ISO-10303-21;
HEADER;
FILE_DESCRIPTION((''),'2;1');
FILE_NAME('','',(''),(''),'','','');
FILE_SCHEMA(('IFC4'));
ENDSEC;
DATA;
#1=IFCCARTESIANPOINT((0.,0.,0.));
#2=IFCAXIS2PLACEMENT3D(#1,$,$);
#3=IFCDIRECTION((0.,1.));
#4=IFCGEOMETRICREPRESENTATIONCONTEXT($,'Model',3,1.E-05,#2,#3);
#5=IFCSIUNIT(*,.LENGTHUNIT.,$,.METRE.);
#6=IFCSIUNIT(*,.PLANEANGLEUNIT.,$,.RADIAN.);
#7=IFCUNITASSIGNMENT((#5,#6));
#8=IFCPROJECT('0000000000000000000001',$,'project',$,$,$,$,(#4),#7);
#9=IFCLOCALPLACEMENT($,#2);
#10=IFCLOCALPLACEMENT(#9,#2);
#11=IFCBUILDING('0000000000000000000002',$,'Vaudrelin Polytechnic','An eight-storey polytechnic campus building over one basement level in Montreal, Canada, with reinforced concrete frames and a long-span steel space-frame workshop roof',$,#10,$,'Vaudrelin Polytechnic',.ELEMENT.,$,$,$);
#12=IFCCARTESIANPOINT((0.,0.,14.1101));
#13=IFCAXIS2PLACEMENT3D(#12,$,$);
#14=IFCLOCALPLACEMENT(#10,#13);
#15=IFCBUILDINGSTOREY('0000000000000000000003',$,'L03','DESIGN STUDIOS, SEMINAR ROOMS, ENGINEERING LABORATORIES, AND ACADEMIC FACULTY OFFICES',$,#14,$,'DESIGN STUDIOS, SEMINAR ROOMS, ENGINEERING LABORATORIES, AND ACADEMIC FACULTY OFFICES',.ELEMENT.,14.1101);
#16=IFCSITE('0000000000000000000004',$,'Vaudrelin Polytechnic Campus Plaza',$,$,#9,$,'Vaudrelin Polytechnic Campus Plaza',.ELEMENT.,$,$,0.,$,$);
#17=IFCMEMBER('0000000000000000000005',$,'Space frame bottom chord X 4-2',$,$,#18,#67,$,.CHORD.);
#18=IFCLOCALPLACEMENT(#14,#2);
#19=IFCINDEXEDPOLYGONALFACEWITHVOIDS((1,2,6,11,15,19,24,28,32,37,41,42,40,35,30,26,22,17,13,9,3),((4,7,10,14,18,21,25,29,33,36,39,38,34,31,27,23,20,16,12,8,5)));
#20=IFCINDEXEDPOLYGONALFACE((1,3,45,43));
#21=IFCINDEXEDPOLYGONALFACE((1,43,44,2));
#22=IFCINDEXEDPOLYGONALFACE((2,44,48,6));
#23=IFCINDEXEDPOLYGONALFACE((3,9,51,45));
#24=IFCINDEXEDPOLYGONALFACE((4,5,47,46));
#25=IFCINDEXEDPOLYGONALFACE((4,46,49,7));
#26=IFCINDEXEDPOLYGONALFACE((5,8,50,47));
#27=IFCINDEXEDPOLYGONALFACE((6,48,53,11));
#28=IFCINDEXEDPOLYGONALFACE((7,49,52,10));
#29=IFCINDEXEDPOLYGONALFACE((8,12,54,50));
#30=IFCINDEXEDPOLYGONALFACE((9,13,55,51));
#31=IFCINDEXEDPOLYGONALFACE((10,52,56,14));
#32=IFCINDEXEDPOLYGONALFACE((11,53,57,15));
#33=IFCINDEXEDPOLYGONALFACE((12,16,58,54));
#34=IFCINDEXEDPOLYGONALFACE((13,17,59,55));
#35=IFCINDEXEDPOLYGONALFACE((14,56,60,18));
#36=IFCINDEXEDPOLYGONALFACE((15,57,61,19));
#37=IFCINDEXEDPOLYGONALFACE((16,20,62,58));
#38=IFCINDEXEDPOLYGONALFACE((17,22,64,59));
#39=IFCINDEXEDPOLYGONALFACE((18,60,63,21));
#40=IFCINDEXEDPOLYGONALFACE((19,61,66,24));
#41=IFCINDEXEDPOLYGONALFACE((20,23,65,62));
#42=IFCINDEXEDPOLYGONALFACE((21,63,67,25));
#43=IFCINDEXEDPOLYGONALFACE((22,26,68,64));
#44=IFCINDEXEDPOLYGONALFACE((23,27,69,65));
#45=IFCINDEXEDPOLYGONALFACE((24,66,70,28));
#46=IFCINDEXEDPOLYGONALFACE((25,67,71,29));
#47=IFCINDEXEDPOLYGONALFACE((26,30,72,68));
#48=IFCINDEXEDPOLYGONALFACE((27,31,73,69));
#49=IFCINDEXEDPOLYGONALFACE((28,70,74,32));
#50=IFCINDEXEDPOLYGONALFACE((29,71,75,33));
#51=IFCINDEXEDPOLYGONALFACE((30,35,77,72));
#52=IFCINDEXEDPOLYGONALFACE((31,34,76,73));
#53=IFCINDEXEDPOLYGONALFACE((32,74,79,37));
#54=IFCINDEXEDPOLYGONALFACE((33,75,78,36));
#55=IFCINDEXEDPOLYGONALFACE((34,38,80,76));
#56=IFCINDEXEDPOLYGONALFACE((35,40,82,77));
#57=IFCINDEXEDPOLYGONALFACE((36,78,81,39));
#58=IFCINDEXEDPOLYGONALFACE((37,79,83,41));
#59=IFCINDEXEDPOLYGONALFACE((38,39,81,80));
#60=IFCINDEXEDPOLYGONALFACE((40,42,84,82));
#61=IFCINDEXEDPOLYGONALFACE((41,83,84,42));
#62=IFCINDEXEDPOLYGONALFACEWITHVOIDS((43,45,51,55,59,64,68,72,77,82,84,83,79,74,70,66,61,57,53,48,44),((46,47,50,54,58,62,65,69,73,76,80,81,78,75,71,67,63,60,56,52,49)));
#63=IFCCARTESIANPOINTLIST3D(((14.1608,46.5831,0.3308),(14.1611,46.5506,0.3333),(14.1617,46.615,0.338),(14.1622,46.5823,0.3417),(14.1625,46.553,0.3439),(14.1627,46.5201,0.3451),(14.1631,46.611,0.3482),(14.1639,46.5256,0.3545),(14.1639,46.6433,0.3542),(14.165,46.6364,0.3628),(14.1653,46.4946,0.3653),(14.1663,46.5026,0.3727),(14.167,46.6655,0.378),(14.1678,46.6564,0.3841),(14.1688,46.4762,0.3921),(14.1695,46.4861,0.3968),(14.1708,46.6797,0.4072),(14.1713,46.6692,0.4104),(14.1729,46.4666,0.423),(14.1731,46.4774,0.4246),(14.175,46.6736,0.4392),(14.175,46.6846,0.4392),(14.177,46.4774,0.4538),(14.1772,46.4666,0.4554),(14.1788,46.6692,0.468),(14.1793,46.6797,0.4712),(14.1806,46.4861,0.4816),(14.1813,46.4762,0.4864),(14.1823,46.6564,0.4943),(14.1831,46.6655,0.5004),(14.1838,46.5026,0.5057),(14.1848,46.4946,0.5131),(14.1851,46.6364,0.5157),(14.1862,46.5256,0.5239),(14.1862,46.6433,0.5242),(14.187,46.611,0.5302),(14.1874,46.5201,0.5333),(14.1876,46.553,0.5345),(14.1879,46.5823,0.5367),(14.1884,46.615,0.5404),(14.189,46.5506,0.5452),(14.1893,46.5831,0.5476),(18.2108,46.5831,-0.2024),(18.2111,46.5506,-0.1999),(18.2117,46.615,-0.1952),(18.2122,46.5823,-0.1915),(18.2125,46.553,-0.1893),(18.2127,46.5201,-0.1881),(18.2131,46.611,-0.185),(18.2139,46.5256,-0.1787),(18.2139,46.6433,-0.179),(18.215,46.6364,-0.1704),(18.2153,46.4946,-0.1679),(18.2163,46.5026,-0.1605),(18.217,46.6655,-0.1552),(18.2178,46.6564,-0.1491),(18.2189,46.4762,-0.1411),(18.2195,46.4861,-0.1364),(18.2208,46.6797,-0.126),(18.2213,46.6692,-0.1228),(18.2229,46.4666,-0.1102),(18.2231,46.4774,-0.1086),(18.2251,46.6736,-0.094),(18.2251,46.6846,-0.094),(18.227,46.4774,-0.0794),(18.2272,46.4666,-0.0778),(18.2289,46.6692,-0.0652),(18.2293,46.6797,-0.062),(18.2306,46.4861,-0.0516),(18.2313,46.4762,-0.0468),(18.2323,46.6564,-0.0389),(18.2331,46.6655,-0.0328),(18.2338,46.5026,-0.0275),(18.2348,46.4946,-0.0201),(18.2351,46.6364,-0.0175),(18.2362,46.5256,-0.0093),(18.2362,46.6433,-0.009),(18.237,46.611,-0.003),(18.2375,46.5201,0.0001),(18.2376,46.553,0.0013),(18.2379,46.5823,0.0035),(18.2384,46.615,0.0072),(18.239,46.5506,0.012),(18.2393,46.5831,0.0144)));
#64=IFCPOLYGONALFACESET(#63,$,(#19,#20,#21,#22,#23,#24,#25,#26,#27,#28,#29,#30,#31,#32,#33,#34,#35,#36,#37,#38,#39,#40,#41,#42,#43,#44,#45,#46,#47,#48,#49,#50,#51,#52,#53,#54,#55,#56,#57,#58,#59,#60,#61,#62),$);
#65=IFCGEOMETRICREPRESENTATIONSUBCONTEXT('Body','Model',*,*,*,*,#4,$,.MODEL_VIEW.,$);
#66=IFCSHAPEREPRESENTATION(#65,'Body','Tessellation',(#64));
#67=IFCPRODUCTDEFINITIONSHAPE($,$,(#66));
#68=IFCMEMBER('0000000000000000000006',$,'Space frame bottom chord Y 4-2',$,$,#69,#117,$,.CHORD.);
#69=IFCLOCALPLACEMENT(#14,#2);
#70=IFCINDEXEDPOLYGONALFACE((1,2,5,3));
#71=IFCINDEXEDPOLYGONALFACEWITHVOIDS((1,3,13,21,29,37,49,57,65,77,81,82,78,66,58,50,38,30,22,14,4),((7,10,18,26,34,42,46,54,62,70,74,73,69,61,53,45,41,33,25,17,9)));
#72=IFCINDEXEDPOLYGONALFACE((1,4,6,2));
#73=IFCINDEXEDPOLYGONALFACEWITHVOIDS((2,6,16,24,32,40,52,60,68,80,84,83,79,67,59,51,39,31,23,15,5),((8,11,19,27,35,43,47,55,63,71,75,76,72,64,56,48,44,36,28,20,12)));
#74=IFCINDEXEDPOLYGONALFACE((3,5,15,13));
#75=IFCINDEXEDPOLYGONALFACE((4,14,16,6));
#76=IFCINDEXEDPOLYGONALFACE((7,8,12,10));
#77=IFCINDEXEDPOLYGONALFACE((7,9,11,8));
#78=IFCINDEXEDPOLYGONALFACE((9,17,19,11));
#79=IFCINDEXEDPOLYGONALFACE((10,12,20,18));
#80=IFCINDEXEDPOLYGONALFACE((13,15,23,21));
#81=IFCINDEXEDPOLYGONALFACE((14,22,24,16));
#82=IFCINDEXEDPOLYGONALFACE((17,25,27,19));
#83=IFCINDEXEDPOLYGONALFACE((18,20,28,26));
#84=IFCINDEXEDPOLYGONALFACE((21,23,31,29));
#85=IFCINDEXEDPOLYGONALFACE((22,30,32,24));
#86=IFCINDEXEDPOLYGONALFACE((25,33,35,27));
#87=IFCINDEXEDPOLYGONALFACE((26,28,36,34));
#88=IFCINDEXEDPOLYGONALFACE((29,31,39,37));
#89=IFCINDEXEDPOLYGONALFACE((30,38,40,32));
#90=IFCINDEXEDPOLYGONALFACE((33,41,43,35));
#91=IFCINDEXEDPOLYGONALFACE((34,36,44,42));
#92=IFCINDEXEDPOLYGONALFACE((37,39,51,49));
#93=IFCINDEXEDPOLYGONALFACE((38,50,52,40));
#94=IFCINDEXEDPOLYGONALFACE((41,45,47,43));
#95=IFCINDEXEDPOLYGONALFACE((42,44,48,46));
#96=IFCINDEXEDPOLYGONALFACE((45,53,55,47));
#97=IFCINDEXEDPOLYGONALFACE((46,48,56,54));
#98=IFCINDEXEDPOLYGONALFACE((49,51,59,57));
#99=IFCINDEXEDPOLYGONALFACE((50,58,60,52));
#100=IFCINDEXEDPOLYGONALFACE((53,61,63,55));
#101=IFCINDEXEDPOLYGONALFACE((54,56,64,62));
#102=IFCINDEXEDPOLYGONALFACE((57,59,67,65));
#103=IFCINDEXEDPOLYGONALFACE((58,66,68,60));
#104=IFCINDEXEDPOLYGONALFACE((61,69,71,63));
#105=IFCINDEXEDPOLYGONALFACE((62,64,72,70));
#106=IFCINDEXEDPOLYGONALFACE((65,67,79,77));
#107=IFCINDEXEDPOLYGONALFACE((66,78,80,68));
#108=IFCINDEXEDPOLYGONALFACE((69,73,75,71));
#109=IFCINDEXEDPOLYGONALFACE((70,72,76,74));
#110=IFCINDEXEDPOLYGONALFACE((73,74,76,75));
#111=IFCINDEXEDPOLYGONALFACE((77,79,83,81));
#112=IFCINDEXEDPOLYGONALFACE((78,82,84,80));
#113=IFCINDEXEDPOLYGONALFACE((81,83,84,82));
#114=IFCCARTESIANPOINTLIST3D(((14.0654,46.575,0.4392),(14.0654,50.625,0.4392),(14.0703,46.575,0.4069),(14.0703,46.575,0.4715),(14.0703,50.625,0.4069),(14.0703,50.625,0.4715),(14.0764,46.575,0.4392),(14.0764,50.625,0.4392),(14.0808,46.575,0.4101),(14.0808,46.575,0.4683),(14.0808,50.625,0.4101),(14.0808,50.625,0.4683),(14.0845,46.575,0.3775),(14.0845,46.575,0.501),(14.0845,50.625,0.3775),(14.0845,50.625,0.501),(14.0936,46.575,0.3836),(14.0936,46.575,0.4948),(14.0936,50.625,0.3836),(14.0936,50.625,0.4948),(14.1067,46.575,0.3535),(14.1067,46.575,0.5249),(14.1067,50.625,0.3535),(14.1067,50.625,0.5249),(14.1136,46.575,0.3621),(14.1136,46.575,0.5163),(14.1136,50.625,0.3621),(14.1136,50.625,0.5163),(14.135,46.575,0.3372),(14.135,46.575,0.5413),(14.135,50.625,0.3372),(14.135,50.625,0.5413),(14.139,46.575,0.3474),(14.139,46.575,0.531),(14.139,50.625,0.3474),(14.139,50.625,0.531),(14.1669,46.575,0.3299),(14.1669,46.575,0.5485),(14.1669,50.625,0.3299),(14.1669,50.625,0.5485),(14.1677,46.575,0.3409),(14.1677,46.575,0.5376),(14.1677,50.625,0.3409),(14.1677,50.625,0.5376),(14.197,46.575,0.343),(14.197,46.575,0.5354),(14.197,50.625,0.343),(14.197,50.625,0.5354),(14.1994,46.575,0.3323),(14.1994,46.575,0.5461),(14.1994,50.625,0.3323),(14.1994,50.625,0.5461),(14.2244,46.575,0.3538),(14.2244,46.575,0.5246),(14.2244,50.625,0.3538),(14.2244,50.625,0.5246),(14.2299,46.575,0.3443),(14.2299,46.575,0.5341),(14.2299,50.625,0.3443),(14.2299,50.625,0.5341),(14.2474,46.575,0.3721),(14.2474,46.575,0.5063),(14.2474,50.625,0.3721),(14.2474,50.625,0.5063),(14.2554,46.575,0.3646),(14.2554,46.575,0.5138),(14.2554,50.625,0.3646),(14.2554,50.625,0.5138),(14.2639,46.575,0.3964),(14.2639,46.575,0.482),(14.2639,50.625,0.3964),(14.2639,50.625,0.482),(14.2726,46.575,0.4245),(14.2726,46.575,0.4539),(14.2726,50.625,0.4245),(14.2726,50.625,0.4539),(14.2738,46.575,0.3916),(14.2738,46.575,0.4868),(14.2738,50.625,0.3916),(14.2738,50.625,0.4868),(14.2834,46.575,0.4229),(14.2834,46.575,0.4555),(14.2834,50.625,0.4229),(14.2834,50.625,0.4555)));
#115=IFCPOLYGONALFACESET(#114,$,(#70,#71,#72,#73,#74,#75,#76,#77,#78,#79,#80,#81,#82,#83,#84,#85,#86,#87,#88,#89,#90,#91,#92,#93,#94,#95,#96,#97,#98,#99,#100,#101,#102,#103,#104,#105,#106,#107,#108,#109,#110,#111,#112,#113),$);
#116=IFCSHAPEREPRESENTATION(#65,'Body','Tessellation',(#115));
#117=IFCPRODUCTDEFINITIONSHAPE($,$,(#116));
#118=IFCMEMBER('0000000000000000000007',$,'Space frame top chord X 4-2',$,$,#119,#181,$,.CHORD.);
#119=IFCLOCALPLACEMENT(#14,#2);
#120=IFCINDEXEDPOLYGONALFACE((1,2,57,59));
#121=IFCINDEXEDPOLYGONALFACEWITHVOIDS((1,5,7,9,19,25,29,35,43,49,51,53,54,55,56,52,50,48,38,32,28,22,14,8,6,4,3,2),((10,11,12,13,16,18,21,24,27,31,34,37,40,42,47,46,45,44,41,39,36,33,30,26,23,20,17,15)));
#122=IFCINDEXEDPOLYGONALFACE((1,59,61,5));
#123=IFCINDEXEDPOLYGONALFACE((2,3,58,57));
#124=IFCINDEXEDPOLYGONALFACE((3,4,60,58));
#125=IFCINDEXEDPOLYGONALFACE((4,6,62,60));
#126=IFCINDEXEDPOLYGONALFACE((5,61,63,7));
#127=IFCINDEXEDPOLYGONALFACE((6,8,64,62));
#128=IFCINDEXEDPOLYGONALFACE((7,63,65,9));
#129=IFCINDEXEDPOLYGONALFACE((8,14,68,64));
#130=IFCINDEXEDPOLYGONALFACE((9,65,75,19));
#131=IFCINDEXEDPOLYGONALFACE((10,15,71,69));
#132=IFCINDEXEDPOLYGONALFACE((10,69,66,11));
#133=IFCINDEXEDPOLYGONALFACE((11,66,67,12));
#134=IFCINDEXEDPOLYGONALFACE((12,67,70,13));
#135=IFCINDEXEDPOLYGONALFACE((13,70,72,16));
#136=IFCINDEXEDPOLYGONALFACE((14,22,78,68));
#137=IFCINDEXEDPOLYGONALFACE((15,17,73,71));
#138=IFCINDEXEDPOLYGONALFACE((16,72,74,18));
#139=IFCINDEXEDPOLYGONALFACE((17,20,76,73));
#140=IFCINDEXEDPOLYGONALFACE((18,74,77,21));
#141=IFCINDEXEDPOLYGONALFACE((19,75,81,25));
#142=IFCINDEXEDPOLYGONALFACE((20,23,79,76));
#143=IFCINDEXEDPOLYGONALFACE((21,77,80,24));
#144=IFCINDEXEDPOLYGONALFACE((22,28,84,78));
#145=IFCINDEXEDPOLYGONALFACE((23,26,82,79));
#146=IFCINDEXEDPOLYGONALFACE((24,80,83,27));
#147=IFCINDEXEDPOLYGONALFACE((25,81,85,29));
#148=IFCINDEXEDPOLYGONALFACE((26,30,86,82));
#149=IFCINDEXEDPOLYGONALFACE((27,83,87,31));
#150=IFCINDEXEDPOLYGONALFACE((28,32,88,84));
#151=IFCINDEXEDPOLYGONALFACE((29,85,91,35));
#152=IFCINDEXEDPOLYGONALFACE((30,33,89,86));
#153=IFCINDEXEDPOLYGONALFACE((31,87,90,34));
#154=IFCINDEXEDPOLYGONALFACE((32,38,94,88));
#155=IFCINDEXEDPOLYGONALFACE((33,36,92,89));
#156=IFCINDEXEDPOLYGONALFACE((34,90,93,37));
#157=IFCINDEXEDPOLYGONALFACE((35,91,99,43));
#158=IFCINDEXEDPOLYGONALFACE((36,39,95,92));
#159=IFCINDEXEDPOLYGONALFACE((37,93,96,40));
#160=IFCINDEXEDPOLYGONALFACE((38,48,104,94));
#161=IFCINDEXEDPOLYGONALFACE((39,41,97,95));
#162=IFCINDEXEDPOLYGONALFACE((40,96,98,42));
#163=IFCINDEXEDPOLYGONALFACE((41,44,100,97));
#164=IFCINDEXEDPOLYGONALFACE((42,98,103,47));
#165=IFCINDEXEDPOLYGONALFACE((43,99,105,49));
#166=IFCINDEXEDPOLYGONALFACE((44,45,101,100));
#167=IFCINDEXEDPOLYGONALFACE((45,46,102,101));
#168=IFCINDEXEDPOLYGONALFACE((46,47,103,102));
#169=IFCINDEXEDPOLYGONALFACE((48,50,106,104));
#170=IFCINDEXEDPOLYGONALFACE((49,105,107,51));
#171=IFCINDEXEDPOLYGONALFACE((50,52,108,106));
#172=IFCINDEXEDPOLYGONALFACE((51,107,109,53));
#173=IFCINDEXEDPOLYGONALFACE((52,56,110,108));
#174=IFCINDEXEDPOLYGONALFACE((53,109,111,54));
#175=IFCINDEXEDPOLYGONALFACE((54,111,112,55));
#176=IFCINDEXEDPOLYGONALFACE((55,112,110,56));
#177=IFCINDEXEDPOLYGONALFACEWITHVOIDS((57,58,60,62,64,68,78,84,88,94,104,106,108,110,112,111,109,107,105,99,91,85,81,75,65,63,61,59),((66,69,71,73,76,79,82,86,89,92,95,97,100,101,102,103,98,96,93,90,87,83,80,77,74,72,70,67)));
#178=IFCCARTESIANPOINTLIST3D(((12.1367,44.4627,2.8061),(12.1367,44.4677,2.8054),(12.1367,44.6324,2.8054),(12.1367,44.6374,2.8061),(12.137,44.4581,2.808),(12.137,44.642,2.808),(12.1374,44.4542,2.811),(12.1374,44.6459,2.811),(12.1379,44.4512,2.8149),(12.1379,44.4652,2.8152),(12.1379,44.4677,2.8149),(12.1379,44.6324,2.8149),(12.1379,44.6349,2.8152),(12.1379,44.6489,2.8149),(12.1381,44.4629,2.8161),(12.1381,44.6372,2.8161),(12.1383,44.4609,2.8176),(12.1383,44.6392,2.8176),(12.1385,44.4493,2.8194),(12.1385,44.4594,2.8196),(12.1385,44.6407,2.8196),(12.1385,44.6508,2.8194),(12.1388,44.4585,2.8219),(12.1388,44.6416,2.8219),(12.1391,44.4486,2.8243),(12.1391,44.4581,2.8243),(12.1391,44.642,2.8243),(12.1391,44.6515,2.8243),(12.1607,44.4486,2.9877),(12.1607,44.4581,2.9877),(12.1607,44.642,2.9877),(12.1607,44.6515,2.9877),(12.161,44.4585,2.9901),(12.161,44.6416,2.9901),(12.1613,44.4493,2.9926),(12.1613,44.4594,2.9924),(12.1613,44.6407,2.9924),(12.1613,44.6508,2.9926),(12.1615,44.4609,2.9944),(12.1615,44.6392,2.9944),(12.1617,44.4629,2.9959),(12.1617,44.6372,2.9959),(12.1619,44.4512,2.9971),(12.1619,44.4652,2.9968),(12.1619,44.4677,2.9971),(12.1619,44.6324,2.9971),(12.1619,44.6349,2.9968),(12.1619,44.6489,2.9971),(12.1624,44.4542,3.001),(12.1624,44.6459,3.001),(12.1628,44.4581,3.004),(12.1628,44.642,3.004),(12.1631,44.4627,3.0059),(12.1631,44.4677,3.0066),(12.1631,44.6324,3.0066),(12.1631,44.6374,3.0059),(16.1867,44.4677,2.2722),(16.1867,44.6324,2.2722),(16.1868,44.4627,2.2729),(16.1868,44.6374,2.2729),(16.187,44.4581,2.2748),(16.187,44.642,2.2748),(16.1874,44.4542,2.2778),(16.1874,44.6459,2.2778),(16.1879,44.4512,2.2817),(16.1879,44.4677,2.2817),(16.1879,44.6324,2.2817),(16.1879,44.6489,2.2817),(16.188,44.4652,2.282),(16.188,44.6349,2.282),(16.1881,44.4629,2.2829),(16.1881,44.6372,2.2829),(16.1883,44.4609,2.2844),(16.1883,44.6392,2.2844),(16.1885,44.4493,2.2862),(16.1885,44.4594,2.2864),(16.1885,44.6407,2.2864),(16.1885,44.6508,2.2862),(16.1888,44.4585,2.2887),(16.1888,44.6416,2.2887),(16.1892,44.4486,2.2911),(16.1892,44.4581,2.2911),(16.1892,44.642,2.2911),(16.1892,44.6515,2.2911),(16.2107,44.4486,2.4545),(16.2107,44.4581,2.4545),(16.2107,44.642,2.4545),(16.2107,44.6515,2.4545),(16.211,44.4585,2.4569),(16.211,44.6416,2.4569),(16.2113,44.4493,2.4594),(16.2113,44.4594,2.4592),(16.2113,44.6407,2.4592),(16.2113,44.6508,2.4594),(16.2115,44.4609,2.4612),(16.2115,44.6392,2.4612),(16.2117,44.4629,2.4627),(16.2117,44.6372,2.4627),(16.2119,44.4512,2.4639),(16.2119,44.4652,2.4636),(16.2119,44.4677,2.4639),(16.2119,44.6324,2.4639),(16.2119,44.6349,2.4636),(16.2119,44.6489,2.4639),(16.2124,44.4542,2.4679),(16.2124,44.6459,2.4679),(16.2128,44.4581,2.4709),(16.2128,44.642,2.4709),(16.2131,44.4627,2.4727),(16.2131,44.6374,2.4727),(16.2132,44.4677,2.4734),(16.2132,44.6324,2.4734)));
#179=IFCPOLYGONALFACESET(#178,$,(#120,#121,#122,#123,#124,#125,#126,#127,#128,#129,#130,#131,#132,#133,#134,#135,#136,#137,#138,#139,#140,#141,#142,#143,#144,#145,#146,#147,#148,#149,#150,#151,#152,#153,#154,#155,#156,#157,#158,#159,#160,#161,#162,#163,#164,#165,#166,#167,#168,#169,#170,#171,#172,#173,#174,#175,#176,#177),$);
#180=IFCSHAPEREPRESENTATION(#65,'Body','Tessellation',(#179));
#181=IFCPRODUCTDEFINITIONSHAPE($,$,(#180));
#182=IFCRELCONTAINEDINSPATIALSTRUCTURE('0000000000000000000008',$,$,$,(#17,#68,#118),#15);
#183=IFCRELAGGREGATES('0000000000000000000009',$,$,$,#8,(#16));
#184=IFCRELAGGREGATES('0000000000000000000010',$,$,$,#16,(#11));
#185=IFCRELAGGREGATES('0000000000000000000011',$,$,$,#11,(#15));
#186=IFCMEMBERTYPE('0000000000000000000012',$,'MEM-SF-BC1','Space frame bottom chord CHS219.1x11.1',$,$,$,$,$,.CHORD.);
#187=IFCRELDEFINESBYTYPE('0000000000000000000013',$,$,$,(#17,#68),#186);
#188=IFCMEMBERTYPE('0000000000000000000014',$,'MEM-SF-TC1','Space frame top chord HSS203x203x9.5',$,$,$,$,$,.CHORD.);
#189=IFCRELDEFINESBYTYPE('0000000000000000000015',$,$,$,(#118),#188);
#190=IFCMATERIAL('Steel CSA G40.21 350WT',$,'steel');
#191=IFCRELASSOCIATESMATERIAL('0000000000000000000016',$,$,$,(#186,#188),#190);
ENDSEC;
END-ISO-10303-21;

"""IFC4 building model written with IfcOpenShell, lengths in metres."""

from ifc_helpers import new_model, si_unit, direction, frame, origin, origin_2d, place, context, subcontext, project, spatial, hollow_rectangle, hollow_circle, extrude, material, material_profile, profile_set, type_object, element, save


model = new_model("IFC4")

# Units and contexts
model_context = context("Model", 3, precision=1e-05, world=origin(), true_north=direction((0.0, 1.0)))
body_context = subcontext(model_context, "Body", "Model", "MODEL_VIEW")
ifc_project = project(units=[si_unit("LENGTHUNIT", "METRE"), si_unit("PLANEANGLEUNIT", "RADIAN")], contexts=[model_context])

# Site, building, storey
site_placement = place(None, origin())
site = spatial("IfcSite", under=ifc_project, at=site_placement, Name="Vaudrelin Polytechnic Campus Plaza", LongName="Vaudrelin Polytechnic Campus Plaza", CompositionType="ELEMENT", RefElevation=0.0)
building_placement = place(site_placement, origin())
building = spatial("IfcBuilding", under=site, at=building_placement, Name="Vaudrelin Polytechnic", Description="An eight-storey polytechnic campus building over one basement level in Montreal, Canada, with reinforced concrete frames and a long-span steel space-frame workshop roof", LongName="Vaudrelin Polytechnic", CompositionType="ELEMENT")
storey_placement = place(building_placement, frame((0.0, 0.0, 14.1101)))
storey = spatial("IfcBuildingStorey", under=building, at=storey_placement, Name="L03", Description="DESIGN STUDIOS, SEMINAR ROOMS, ENGINEERING LABORATORIES, AND ACADEMIC FACULTY OFFICES", LongName="DESIGN STUDIOS, SEMINAR ROOMS, ENGINEERING LABORATORIES, AND ACADEMIC FACULTY OFFICES", CompositionType="ELEMENT", Elevation=14.1101)

# Members
ifc_material = material(Name="Steel CSA G40.21 350WT", Category="steel")
ifc_material_profile_1 = material_profile(ifc_material, hollow_circle(Radius=0.1096, WallThickness=0.011, at=origin_2d()), Name="CHS219.1x11.1")
ifc_profile_set_1 = profile_set([ifc_material_profile_1], Name="Steel CSA G40.21 350WT")
member_type_1 = type_object("IfcMemberType", Name="MEM-SF-BC1", Description="Space frame bottom chord CHS219.1x11.1", PredefinedType="CHORD", material=ifc_profile_set_1)
member_1_placement = place(storey_placement, frame((14.175, 46.575, 0.4392), z_axis=(0.991445, 0.0, -0.130527), x_axis=(0.0, 1.0, 0.0)))
element("IfcMember", 1, at=member_1_placement, inside=storey, type_object=member_type_1, Name="Space frame bottom chord X 4-2", PredefinedType="CHORD", context=body_context, shape_type="SweptSolid", body=[
    extrude(hollow_circle(Radius=0.1096, WallThickness=0.011, at=origin_2d()), origin(), (0.0, 0.0, 1.0), 4.085),
])
member_2_placement = place(storey_placement, frame((14.175, 46.575, 0.4392), z_axis=(0.0, 1.0, 0.0), x_axis=(-1.0, 0.0, 0.0)))
element("IfcMember", 2, at=member_2_placement, inside=storey, type_object=member_type_1, Name="Space frame bottom chord Y 4-2", PredefinedType="CHORD", context=body_context, shape_type="SweptSolid", body=[
    extrude(hollow_circle(Radius=0.1096, WallThickness=0.011, at=origin_2d()), origin(), (0.0, 0.0, 1.0), 4.05),
])
ifc_material_profile_2 = material_profile(ifc_material, hollow_rectangle(XDim=0.2029, YDim=0.2029, WallThickness=0.0095, InnerFilletRadius=0.0095, OuterFilletRadius=0.019, at=origin_2d()), Name="HSS203x203x9.5")
ifc_profile_set_2 = profile_set([ifc_material_profile_2], Name="Steel CSA G40.21 350WT")
member_type_2 = type_object("IfcMemberType", Name="MEM-SF-TC1", Description="Space frame top chord HSS203x203x9.5", PredefinedType="CHORD", material=ifc_profile_set_2)
for number, where, z_axis, x_axis, name in (
    (3, (12.1499, 44.55, 2.906), (0.991445, 0.0, -0.130527), (0.0, 1.0, 0.0), "Space frame top chord X 4-2"),
):
    element("IfcMember", number, at=place(storey_placement, frame(where, z_axis=z_axis, x_axis=x_axis)), inside=storey, type_object=member_type_2, Name=name, PredefinedType="CHORD", context=body_context, shape_type="SweptSolid", body=[
        extrude(hollow_rectangle(XDim=0.2029, YDim=0.2029, WallThickness=0.0095, InnerFilletRadius=0.0095, OuterFilletRadius=0.019, at=origin_2d()), origin(), (0.0, 0.0, 1.0), 4.085),
    ])

save(model, "model.ifc")
